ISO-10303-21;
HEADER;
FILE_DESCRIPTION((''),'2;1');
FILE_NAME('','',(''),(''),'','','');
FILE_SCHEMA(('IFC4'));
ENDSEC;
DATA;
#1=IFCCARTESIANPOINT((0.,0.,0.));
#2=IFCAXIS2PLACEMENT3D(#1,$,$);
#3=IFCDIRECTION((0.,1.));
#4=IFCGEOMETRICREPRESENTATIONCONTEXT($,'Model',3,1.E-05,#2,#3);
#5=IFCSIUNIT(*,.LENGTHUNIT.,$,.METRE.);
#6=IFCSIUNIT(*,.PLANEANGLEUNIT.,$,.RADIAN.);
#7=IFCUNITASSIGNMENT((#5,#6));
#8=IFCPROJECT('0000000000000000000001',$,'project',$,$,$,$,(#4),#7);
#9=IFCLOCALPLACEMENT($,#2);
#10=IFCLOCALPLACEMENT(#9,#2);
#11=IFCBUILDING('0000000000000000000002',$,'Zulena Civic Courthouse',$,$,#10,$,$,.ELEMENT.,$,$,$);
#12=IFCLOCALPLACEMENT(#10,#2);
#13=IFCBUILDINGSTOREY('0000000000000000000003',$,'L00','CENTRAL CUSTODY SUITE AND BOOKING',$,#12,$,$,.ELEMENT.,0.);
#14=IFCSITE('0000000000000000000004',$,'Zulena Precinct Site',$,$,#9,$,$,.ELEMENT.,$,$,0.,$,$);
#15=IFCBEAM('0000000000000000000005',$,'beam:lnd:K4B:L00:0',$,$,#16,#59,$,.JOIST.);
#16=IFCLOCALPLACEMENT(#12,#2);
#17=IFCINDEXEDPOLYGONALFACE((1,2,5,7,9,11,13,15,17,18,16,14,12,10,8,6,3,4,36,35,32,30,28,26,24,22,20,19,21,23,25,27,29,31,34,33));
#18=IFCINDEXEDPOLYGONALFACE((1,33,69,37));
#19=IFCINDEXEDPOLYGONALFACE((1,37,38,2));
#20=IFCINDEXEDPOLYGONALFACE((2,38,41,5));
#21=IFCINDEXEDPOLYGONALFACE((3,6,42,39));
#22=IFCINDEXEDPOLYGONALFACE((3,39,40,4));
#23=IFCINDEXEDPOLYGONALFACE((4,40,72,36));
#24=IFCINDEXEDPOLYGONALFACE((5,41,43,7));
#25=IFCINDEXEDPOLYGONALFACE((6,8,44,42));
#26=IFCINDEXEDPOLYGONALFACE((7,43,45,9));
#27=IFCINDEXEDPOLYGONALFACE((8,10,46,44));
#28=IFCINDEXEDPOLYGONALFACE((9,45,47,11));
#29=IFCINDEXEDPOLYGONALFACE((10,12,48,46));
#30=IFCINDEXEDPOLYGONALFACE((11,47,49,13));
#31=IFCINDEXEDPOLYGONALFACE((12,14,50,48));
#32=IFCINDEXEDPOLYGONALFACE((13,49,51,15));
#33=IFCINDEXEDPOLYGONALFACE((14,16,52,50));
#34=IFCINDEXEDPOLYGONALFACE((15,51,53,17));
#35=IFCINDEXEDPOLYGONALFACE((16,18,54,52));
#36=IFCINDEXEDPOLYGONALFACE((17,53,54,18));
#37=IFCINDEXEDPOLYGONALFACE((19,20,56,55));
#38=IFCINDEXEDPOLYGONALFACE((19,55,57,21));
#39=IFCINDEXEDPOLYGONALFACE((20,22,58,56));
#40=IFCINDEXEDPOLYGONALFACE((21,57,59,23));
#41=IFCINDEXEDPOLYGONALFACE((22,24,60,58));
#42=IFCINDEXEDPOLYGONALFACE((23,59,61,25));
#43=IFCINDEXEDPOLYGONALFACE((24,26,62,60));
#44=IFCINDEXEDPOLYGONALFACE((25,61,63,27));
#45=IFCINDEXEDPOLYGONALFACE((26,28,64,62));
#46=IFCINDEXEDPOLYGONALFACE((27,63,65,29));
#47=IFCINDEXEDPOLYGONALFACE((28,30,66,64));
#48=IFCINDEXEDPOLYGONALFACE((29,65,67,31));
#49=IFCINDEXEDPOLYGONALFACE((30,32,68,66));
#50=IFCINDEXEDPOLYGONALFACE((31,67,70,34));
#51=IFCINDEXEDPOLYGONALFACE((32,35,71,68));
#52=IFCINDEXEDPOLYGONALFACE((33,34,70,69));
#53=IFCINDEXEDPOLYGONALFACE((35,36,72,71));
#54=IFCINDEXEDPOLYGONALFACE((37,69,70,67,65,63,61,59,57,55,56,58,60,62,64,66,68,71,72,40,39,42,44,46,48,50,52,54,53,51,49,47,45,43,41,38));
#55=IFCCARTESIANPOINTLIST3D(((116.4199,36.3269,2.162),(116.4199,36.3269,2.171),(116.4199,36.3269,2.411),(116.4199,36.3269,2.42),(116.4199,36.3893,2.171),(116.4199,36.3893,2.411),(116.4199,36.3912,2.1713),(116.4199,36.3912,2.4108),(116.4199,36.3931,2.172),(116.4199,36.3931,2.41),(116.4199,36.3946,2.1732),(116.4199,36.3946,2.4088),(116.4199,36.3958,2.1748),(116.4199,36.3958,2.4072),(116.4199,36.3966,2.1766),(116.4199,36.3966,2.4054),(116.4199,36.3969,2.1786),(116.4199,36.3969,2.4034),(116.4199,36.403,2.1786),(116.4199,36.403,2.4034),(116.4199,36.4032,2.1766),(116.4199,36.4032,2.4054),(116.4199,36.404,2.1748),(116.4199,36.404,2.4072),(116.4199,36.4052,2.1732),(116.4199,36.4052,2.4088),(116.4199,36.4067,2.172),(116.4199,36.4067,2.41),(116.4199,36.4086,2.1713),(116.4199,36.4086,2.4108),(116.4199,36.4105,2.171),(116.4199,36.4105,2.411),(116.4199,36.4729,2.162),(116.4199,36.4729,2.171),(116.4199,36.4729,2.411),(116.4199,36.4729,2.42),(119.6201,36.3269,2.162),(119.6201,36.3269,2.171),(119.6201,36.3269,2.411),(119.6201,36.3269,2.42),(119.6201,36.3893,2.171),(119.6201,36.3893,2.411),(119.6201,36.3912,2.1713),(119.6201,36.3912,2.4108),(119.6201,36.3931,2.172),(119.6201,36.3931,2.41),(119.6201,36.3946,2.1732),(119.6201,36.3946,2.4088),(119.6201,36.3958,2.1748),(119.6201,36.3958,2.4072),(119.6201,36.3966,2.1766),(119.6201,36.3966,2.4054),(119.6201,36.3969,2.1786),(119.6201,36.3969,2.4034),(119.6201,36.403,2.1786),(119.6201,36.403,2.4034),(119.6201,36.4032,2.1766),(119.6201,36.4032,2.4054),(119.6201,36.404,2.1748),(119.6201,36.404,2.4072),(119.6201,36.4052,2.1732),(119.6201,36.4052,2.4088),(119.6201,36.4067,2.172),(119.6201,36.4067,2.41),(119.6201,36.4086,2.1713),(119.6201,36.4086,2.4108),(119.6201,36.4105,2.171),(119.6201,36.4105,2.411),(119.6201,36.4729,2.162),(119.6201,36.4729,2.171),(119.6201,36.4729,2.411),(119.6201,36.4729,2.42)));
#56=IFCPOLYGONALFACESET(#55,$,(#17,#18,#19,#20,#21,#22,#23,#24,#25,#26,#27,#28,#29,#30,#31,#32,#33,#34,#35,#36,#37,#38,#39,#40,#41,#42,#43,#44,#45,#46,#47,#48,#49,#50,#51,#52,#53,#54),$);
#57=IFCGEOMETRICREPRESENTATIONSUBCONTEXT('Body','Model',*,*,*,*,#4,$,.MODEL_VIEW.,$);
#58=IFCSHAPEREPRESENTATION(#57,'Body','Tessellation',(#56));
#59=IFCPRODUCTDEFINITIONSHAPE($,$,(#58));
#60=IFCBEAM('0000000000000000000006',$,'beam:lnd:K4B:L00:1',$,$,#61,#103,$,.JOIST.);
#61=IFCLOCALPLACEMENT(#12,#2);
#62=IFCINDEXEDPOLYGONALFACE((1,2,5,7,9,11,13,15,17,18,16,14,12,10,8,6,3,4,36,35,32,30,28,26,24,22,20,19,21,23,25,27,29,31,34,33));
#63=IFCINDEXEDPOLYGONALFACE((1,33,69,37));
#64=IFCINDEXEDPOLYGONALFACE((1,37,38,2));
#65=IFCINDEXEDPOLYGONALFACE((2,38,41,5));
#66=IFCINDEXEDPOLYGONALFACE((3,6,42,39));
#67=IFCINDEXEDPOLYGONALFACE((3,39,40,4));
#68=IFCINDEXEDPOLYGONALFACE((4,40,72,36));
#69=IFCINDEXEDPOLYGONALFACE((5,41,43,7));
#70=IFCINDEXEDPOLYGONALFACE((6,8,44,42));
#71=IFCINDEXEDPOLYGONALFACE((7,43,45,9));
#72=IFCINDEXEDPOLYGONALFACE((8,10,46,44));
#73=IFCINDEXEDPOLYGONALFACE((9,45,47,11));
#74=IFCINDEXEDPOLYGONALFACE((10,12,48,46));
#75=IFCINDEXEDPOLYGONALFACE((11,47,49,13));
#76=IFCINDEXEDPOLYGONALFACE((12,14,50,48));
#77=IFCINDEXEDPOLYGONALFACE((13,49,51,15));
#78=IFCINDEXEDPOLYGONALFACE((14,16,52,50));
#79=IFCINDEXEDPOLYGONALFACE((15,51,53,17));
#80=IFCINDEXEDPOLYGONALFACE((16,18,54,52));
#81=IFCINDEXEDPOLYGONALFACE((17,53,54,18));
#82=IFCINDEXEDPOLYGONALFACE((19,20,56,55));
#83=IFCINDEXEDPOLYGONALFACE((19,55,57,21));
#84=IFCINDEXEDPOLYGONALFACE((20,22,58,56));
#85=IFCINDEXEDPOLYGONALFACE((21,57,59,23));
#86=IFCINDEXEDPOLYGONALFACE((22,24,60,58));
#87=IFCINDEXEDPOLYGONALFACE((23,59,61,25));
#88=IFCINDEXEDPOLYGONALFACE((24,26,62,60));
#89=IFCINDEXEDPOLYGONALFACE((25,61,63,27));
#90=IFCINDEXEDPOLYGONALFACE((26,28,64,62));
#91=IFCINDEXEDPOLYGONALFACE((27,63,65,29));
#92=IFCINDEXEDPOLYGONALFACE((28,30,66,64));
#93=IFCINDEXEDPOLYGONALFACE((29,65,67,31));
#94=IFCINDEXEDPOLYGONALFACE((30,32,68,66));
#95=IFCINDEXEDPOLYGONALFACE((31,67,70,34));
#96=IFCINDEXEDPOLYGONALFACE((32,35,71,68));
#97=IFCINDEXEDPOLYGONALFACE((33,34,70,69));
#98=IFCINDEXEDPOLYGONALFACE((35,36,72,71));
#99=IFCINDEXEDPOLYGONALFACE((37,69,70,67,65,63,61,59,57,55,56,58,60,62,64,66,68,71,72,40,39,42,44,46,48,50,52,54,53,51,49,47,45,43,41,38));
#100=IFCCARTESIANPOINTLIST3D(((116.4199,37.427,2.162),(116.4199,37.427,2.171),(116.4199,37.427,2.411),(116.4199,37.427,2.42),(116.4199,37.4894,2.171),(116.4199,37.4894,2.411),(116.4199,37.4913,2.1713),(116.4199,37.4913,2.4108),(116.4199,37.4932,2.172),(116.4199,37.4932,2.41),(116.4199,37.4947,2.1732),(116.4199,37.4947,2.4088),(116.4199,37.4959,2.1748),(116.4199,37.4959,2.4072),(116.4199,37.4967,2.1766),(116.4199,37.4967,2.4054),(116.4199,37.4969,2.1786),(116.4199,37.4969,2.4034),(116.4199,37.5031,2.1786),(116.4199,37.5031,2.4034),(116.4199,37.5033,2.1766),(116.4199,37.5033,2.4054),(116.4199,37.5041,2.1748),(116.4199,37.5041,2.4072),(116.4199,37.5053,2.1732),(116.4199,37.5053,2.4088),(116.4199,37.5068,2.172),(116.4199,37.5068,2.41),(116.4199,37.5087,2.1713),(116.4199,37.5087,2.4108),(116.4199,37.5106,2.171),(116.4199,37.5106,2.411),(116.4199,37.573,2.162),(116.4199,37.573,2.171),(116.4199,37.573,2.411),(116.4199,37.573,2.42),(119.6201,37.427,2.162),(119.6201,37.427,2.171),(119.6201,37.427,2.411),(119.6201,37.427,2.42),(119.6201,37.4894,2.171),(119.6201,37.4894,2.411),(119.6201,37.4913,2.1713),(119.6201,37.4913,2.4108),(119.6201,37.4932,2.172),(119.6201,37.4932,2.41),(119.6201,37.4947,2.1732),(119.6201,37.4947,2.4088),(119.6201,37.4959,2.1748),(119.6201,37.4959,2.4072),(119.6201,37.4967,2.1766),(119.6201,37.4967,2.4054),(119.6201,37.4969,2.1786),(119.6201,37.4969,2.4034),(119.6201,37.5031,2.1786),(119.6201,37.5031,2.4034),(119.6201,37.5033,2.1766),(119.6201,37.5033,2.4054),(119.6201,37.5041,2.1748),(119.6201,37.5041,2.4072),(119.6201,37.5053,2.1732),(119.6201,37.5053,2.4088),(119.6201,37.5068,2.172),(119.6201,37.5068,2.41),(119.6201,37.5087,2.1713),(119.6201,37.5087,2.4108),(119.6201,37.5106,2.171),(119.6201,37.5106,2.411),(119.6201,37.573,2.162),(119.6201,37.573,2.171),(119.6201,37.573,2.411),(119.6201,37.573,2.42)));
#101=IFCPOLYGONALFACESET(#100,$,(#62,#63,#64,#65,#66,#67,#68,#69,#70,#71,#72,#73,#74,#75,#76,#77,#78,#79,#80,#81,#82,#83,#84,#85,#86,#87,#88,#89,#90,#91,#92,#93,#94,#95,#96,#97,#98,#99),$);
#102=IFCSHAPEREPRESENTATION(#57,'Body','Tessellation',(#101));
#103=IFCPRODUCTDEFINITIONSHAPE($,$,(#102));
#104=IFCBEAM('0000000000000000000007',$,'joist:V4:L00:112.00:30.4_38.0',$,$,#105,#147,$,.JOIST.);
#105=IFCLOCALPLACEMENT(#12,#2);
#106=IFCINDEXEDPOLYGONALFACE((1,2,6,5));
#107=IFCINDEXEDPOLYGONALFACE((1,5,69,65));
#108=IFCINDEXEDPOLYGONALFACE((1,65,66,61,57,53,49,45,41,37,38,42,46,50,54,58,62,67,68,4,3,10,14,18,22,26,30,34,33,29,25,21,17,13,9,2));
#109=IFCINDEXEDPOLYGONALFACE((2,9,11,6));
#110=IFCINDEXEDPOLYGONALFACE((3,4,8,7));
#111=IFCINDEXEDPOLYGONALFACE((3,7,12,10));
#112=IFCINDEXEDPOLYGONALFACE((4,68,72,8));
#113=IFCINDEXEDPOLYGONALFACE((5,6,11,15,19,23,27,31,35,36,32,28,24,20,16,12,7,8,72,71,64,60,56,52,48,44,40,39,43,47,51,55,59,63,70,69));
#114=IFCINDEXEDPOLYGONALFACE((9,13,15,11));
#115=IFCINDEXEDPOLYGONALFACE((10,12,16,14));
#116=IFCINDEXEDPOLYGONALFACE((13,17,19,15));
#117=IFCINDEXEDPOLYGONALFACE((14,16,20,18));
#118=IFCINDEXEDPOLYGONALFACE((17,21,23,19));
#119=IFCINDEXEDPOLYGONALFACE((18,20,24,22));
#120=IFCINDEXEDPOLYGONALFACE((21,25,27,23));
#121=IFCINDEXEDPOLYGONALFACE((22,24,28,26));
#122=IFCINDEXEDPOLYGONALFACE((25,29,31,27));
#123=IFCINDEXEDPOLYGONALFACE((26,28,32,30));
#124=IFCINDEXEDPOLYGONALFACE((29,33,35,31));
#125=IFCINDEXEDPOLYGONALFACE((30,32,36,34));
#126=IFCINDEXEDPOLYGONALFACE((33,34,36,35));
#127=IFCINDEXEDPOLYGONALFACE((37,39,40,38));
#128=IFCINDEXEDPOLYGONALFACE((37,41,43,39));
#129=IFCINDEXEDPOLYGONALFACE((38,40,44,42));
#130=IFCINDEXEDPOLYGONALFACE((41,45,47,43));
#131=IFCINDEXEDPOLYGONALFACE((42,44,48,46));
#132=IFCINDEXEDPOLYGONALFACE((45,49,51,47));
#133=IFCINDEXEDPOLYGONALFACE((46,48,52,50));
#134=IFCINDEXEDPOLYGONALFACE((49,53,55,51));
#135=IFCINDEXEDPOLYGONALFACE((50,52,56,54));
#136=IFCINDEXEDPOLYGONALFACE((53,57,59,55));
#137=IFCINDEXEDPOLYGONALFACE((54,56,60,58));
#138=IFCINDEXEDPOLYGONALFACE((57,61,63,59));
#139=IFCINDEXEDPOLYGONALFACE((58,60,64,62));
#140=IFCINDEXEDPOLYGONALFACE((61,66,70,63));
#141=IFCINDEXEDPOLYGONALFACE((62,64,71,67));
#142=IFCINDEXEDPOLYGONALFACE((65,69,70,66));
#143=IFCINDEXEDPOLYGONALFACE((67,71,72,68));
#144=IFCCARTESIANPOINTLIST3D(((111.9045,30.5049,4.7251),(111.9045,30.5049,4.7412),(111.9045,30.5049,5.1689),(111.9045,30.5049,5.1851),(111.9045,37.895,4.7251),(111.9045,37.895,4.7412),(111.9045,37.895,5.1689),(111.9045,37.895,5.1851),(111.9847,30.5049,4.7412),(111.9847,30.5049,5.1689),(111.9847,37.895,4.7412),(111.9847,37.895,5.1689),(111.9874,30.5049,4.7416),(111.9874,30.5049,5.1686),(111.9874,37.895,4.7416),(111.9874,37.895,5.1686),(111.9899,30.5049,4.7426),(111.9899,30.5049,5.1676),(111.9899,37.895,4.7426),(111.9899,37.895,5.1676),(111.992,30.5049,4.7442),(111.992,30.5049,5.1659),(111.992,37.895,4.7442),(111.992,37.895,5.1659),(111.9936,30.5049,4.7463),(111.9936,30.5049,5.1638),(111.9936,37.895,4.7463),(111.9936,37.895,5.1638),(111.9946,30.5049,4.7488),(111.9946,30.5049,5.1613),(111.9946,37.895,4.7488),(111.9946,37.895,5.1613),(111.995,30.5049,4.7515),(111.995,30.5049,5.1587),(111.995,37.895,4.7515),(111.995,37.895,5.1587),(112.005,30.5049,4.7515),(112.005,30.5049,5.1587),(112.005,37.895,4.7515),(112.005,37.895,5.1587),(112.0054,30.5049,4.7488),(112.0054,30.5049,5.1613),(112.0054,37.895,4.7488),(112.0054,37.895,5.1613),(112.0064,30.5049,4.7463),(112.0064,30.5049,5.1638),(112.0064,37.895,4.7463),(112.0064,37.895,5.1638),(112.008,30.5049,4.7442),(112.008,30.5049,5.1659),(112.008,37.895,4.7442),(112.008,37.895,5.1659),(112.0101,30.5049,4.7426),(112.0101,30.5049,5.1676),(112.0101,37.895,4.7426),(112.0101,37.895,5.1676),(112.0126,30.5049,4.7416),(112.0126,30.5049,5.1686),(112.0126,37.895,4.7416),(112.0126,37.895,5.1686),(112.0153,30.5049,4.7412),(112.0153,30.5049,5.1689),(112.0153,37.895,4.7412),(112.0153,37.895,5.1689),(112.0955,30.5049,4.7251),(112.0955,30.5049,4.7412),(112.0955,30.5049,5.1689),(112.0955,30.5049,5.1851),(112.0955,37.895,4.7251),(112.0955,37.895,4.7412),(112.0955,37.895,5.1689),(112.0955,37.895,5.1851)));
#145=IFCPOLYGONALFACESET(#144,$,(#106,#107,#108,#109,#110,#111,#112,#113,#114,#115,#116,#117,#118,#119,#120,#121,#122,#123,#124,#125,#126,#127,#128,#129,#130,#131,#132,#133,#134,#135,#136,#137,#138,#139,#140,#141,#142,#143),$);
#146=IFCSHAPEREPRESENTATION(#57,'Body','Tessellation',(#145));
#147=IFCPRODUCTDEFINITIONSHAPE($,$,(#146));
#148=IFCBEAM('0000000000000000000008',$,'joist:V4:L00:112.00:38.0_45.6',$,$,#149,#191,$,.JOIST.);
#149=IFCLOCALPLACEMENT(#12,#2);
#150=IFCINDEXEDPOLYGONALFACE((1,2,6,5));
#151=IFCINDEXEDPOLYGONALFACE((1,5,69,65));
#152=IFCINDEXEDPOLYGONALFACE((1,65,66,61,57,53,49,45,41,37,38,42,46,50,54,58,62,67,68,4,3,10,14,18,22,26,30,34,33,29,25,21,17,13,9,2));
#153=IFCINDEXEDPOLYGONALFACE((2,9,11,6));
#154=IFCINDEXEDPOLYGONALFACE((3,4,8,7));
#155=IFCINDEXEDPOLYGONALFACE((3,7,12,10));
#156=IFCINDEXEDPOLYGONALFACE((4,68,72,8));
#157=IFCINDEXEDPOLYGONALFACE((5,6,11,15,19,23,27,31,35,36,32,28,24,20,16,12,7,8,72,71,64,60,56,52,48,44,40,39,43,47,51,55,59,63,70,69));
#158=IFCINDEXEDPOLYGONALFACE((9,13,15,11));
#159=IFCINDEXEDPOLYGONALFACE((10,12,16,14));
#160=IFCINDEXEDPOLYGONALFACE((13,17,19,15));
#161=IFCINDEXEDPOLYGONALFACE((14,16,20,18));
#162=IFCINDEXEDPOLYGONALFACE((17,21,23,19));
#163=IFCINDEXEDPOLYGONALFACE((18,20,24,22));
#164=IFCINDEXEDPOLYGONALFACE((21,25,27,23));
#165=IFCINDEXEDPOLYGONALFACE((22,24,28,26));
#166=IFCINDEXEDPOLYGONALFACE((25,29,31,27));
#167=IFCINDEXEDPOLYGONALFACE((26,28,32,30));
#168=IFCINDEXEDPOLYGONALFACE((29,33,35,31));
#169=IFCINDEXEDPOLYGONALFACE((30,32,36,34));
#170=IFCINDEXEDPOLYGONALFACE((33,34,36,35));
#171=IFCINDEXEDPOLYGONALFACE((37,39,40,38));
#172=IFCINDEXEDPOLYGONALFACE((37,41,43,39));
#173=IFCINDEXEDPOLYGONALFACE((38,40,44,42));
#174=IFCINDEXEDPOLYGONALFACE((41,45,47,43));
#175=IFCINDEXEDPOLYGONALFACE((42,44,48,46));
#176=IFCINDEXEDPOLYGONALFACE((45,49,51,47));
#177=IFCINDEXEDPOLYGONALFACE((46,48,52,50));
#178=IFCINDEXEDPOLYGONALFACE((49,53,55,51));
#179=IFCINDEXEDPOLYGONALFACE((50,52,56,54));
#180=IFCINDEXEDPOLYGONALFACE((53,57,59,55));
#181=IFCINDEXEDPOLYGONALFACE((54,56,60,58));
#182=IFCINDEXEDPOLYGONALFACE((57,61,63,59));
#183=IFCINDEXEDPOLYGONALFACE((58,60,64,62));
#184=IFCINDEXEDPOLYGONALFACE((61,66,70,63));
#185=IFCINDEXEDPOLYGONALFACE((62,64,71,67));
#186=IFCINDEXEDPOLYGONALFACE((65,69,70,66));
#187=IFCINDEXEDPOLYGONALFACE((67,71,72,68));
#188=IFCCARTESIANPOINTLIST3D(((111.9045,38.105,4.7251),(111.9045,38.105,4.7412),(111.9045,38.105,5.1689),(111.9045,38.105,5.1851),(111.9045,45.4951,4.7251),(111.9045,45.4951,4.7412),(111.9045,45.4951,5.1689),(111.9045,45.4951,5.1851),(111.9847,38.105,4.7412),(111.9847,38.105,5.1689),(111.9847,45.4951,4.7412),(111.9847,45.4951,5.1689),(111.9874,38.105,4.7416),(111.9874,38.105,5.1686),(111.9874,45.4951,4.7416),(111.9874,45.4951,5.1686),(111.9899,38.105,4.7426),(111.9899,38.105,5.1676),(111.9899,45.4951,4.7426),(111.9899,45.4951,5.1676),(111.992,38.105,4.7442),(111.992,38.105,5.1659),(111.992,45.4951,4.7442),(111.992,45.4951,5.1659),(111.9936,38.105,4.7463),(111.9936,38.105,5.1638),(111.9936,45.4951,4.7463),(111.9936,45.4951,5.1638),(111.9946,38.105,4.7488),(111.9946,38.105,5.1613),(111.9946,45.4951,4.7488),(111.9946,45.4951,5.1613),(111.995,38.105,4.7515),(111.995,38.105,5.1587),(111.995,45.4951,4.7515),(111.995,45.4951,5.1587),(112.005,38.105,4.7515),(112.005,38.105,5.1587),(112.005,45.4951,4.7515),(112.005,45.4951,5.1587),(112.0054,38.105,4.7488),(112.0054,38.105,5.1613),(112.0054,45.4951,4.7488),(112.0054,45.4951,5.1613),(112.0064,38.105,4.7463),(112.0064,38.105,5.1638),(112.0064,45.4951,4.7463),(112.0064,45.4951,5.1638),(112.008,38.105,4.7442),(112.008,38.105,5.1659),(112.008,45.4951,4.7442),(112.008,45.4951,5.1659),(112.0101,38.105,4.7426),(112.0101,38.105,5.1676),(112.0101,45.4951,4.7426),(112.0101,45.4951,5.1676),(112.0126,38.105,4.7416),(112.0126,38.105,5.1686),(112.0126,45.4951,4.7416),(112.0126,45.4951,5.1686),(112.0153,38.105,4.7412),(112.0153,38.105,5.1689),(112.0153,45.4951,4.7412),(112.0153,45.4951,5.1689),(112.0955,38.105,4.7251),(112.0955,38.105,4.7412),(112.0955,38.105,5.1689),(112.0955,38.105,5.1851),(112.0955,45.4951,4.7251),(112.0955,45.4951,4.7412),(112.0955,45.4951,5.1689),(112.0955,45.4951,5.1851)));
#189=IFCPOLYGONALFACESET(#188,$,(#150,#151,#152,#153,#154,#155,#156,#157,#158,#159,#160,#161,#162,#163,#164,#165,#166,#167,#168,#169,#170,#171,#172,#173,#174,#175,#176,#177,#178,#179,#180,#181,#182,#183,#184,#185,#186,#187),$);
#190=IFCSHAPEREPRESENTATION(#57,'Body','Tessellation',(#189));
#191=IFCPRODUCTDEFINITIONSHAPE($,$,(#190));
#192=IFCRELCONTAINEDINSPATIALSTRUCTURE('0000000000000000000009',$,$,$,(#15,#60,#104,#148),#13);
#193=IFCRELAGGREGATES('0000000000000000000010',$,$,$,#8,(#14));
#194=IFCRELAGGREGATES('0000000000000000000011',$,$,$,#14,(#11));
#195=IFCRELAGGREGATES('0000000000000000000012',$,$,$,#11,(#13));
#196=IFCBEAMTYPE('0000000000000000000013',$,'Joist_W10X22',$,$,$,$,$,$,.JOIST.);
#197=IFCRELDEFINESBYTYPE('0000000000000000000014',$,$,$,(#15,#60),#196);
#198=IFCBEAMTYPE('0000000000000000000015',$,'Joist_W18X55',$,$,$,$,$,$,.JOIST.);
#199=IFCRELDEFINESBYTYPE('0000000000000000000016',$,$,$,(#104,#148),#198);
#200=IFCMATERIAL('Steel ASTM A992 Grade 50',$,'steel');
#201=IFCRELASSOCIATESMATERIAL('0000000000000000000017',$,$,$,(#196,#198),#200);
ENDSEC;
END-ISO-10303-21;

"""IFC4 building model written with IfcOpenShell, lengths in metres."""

from ifc_helpers import new_model, si_unit, direction, frame, origin, origin_2d, place, context, subcontext, project, spatial, i_section, extrude, material, material_profile, profile_set, type_object, element, save


model = new_model("IFC4")

# Units and contexts
model_context = context("Model", 3, precision=1e-05, world=origin(), true_north=direction((0.0, 1.0)))
body_context = subcontext(model_context, "Body", "Model", "MODEL_VIEW")
ifc_project = project(units=[si_unit("LENGTHUNIT", "METRE"), si_unit("PLANEANGLEUNIT", "RADIAN")], contexts=[model_context])

# Site, building, storey
site_placement = place(None, origin())
site = spatial("IfcSite", under=ifc_project, at=site_placement, Name="Zulena Precinct Site", CompositionType="ELEMENT", RefElevation=0.0)
building_placement = place(site_placement, origin())
building = spatial("IfcBuilding", under=site, at=building_placement, Name="Zulena Civic Courthouse", CompositionType="ELEMENT")
storey_placement = place(building_placement, origin())
storey = spatial("IfcBuildingStorey", under=building, at=storey_placement, Name="L00", Description="CENTRAL CUSTODY SUITE AND BOOKING", CompositionType="ELEMENT", Elevation=0.0)

# Shared definitions
ifc_material_1 = material(Name="Steel ASTM A992 Grade 50", Category="steel")

# Beams
ifc_material_profile_1 = material_profile(ifc_material_1, i_section(OverallWidth=0.146, OverallDepth=0.2581, WebThickness=0.0061, FlangeThickness=0.009, FilletRadius=0.0076, at=origin_2d()), Name="W10X22")
ifc_profile_set_1 = profile_set([ifc_material_profile_1], Name="Steel ASTM A992 Grade 50")
beam_type_1 = type_object("IfcBeamType", Name="Joist_W10X22", PredefinedType="JOIST", material=ifc_profile_set_1)
for number, where, z_axis, x_axis, name in (
    (1, (116.4199, 36.3999, 2.291), (1.0, 0.0, 0.0), (0.0, 1.0, 0.0), "beam:lnd:K4B:L00:0"),
    (2, (116.4199, 37.5, 2.291), (1.0, 0.0, 0.0), (0.0, 1.0, 0.0), "beam:lnd:K4B:L00:1"),
):
    element("IfcBeam", number, at=place(storey_placement, frame(where, z_axis=z_axis, x_axis=x_axis)), inside=storey, type_object=beam_type_1, Name=name, PredefinedType="JOIST", context=body_context, shape_type="SweptSolid", body=[
        extrude(i_section(OverallWidth=0.146, OverallDepth=0.2581, WebThickness=0.0061, FlangeThickness=0.009, FilletRadius=0.0076, at=origin_2d()), origin(), (0.0, 0.0, 1.0), 3.2002),
    ])
ifc_material_profile_2 = material_profile(ifc_material_1, i_section(OverallWidth=0.1909, OverallDepth=0.46, WebThickness=0.01, FlangeThickness=0.0161, FilletRadius=0.0103, at=origin_2d()), Name="W18X55")
ifc_profile_set_2 = profile_set([ifc_material_profile_2], Name="Steel ASTM A992 Grade 50")
beam_type_2 = type_object("IfcBeamType", Name="Joist_W18X55", PredefinedType="JOIST", material=ifc_profile_set_2)
for number, where, z_axis, x_axis, name in (
    (3, (112.0, 30.5049, 4.9551), (0.0, 1.0, 0.0), (-1.0, 0.0, 0.0), "joist:V4:L00:112.00:30.4_38.0"),
    (4, (112.0, 38.105, 4.9551), (0.0, 1.0, 0.0), (-1.0, 0.0, 0.0), "joist:V4:L00:112.00:38.0_45.6"),
):
    element("IfcBeam", number, at=place(storey_placement, frame(where, z_axis=z_axis, x_axis=x_axis)), inside=storey, type_object=beam_type_2, Name=name, PredefinedType="JOIST", context=body_context, shape_type="SweptSolid", body=[
        extrude(i_section(OverallWidth=0.1909, OverallDepth=0.46, WebThickness=0.01, FlangeThickness=0.0161, FilletRadius=0.0103, at=origin_2d()), origin(), (0.0, 0.0, 1.0), 7.3901),
    ])

save(model, "model.ifc")
